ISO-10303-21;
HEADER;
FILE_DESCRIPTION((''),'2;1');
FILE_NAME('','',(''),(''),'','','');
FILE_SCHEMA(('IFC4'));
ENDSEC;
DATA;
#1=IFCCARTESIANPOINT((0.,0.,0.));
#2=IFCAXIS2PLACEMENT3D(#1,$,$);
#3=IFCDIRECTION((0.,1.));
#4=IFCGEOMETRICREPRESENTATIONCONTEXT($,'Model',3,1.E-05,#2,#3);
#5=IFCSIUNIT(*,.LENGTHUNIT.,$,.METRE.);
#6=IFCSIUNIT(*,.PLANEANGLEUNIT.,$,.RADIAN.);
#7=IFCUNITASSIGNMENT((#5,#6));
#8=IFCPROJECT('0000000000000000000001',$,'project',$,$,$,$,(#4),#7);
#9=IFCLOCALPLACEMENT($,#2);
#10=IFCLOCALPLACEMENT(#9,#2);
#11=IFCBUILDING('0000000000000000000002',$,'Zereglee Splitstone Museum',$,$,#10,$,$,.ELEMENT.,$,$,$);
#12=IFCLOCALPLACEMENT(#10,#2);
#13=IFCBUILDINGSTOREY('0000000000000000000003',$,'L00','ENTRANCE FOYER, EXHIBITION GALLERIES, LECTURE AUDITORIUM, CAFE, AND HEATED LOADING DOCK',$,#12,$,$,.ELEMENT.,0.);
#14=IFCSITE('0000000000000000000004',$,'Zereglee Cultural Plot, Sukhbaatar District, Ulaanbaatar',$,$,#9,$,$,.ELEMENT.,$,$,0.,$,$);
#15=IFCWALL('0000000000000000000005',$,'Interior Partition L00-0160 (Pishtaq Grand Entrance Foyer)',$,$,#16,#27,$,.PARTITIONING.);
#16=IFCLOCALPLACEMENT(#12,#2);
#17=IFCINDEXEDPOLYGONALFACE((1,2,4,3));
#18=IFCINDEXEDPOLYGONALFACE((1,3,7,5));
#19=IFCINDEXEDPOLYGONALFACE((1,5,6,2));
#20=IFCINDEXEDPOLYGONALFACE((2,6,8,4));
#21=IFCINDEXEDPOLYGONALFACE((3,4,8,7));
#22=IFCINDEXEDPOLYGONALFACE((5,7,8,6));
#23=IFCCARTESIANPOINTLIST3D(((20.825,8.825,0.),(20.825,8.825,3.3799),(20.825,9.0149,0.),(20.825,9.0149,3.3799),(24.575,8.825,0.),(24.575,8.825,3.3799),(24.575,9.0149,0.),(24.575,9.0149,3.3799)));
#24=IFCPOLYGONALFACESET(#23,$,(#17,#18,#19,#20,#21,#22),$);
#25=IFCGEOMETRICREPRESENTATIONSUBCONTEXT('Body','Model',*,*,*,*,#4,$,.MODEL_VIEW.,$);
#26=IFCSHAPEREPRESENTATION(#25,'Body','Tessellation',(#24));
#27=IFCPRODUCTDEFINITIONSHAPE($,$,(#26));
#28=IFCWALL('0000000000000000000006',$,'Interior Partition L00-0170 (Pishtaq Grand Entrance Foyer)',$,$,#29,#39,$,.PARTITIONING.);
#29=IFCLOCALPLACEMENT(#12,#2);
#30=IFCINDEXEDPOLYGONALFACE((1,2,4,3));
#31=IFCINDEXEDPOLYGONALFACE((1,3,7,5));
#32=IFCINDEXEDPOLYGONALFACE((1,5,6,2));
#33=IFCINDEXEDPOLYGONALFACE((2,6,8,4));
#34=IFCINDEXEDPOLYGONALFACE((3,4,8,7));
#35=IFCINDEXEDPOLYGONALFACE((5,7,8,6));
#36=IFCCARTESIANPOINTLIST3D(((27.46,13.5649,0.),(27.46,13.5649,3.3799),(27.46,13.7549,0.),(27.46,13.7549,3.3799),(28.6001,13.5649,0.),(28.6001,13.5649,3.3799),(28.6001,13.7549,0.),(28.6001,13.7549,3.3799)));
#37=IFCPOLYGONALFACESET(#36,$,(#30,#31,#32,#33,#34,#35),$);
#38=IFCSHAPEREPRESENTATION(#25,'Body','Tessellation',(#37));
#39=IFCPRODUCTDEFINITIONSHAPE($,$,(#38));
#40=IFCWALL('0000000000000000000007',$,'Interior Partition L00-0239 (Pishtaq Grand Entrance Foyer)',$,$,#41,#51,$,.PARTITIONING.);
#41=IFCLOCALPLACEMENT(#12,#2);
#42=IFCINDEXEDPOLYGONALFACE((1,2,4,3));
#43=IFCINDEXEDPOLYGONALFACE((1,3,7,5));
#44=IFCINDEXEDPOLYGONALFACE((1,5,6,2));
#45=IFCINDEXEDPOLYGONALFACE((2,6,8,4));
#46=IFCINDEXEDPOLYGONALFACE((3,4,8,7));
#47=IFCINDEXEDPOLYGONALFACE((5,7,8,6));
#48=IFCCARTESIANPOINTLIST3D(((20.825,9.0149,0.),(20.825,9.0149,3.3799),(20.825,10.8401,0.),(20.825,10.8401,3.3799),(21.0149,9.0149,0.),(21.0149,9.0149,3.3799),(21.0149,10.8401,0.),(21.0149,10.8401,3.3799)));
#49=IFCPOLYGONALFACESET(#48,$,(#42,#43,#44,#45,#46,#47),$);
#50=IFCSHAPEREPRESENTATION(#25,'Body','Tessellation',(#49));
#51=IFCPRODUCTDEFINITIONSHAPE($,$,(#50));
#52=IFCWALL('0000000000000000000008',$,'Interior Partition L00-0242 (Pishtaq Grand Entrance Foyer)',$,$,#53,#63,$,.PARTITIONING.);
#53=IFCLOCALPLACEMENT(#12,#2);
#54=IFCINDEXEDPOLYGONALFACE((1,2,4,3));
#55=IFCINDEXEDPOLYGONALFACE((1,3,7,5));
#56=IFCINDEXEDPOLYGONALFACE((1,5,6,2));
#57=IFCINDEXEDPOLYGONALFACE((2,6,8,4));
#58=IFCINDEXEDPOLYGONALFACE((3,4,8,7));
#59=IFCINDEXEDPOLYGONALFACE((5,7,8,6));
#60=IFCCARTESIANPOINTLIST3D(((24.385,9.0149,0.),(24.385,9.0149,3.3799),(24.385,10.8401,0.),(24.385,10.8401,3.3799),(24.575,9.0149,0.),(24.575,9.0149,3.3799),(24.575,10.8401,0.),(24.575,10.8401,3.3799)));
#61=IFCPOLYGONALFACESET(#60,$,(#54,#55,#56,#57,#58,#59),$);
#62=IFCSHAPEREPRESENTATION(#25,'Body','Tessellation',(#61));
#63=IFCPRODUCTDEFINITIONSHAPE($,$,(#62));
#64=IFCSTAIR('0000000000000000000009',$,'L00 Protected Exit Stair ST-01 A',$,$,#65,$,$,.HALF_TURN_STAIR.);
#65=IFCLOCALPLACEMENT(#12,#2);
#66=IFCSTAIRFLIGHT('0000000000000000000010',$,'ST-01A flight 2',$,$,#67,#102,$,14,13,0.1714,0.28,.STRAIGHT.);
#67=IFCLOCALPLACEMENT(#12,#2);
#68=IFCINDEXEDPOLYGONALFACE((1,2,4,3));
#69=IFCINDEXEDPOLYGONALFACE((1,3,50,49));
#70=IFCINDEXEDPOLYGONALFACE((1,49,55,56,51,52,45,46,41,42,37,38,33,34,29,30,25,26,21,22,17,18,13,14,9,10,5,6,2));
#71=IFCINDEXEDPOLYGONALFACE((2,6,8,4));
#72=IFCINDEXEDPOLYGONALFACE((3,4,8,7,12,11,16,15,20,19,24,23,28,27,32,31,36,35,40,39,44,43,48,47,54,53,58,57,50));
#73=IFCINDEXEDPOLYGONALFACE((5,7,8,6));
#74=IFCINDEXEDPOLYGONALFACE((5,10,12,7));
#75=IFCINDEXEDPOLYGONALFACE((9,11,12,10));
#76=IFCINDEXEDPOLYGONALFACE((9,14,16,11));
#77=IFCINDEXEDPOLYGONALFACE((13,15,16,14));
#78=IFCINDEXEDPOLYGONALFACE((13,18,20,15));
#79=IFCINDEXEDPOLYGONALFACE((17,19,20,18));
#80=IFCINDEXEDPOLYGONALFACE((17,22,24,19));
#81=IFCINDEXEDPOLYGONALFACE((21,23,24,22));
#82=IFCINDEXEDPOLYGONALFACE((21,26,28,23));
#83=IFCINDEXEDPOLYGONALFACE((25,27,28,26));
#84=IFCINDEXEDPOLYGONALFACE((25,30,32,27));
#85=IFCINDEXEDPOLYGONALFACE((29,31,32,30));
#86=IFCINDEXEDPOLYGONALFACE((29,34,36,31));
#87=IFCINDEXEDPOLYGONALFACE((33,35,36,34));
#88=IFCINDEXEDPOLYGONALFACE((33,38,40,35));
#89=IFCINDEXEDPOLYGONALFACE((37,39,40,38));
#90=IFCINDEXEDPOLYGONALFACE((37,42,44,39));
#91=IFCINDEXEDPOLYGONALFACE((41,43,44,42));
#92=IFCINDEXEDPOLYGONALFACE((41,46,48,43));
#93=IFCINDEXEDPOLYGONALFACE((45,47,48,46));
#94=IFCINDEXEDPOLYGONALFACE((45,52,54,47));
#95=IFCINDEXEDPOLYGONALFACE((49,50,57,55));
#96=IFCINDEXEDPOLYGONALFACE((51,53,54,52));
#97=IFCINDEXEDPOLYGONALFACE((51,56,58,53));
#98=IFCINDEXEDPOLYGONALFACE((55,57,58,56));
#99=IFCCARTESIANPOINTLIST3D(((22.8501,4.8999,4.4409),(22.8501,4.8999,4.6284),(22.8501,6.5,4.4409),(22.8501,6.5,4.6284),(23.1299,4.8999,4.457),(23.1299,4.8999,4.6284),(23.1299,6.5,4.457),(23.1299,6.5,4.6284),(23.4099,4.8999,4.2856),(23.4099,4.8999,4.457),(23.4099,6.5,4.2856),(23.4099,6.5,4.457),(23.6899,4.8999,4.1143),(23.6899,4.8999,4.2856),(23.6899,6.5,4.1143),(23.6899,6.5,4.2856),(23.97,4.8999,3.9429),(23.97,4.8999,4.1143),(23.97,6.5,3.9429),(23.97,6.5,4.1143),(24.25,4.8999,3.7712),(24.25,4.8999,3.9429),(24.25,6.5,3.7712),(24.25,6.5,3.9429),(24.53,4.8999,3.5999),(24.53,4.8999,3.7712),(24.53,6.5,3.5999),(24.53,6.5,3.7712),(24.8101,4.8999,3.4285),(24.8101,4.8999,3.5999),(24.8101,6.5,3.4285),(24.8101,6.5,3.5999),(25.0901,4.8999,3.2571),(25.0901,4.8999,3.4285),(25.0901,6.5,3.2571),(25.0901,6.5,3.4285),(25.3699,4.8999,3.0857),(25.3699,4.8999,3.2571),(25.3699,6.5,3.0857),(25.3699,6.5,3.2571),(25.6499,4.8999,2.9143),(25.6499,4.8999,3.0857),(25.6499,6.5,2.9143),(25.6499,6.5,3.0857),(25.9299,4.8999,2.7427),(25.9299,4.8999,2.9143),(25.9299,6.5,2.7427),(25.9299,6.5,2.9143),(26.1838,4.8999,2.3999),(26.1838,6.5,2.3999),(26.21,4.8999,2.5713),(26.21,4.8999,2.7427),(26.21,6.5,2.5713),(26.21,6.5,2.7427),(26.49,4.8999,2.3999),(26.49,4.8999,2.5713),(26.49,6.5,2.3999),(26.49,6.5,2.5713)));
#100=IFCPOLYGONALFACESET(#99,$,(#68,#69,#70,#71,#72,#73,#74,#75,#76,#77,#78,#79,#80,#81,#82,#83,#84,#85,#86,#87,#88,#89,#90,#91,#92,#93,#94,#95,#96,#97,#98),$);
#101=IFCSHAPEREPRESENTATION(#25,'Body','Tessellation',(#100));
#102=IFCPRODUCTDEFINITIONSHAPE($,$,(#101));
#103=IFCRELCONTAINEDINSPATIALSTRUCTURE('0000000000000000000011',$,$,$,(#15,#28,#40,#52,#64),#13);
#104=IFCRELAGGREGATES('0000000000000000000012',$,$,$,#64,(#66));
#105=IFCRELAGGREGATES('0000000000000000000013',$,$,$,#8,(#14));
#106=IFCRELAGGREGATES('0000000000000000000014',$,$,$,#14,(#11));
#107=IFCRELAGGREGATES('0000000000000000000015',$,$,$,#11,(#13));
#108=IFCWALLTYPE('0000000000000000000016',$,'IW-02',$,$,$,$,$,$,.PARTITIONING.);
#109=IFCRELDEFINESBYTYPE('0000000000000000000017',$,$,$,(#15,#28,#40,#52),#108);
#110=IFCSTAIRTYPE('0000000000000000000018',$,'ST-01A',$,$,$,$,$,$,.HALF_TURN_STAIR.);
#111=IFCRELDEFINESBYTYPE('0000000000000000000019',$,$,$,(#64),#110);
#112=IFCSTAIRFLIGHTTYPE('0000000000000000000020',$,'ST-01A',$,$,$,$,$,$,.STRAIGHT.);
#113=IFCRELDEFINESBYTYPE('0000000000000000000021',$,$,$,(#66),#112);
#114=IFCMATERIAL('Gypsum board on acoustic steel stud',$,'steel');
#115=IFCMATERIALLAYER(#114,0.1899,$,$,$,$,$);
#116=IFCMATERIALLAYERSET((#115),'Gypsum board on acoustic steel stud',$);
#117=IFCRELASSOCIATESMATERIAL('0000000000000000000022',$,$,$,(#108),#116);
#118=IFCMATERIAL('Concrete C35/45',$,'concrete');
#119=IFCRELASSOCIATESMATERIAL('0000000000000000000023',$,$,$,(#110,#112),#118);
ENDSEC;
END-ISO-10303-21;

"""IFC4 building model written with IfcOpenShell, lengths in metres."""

from ifc_helpers import new_model, si_unit, direction, frame, frame_2d, origin, place, context, subcontext, project, spatial, polyline, rectangle, outline, extrude, material, layer, layer_set, type_object, element, aggregate, save


model = new_model("IFC4")

# Units and contexts
model_context = context("Model", 3, precision=1e-05, world=origin(), true_north=direction((0.0, 1.0)))
body_context = subcontext(model_context, "Body", "Model", "MODEL_VIEW")
ifc_project = project(units=[si_unit("LENGTHUNIT", "METRE"), si_unit("PLANEANGLEUNIT", "RADIAN")], contexts=[model_context])

# Site, building, storey
site_placement = place(None, origin())
site = spatial("IfcSite", under=ifc_project, at=site_placement, Name="Zereglee Cultural Plot, Sukhbaatar District, Ulaanbaatar", CompositionType="ELEMENT", RefElevation=0.0)
building_placement = place(site_placement, origin())
building = spatial("IfcBuilding", under=site, at=building_placement, Name="Zereglee Splitstone Museum", CompositionType="ELEMENT")
storey_placement = place(building_placement, origin())
storey = spatial("IfcBuildingStorey", under=building, at=storey_placement, Name="L00", Description="ENTRANCE FOYER, EXHIBITION GALLERIES, LECTURE AUDITORIUM, CAFE, AND HEATED LOADING DOCK", CompositionType="ELEMENT", Elevation=0.0)

# Walls
ifc_material_1 = material(Name="Concrete C35/45", Category="concrete")
ifc_material_2 = material(Name="Gypsum board on acoustic steel stud", Category="steel")
ifc_layer_1 = layer(ifc_material_2, 0.1899)
ifc_layer_set_1 = layer_set([ifc_layer_1], Name="Gypsum board on acoustic steel stud")
wall_type_1 = type_object("IfcWallType", Name="IW-02", PredefinedType="PARTITIONING", material=ifc_layer_set_1)
wall_1_placement = place(storey_placement, frame((20.825, 8.9199, 0.0), z_axis=(0.0, 0.0, 1.0), x_axis=(1.0, 0.0, 0.0)))
element("IfcWall", 1, at=wall_1_placement, inside=storey, type_object=wall_type_1, Name="Interior Partition L00-0160 (Pishtaq Grand Entrance Foyer)", PredefinedType="PARTITIONING", context=body_context, shape_type="SweptSolid", body=[
    extrude(rectangle(XDim=3.75, YDim=0.1899, at=frame_2d((1.875, 0.0))), origin(), (0.0, 0.0, 1.0), 3.3799),
])
wall_2_placement = place(storey_placement, frame((27.46, 13.6599, 0.0), z_axis=(0.0, 0.0, 1.0), x_axis=(1.0, 0.0, 0.0)))
element("IfcWall", 2, at=wall_2_placement, inside=storey, type_object=wall_type_1, Name="Interior Partition L00-0170 (Pishtaq Grand Entrance Foyer)", PredefinedType="PARTITIONING", context=body_context, shape_type="SweptSolid", body=[
    extrude(rectangle(XDim=1.1401, YDim=0.1899, at=frame_2d((0.5701, 0.0))), origin(), (0.0, 0.0, 1.0), 3.3799),
])
for number, where, z_axis, x_axis, name in (
    (3, (20.9199, 9.0149, 0.0), (0.0, 0.0, 1.0), (0.0, 1.0, 0.0), "Interior Partition L00-0239 (Pishtaq Grand Entrance Foyer)"),
    (4, (24.48, 9.0149, 0.0), (0.0, 0.0, 1.0), (0.0, 1.0, 0.0), "Interior Partition L00-0242 (Pishtaq Grand Entrance Foyer)"),
):
    element("IfcWall", number, at=place(storey_placement, frame(where, z_axis=z_axis, x_axis=x_axis)), inside=storey, type_object=wall_type_1, Name=name, PredefinedType="PARTITIONING", context=body_context, shape_type="SweptSolid", body=[
        extrude(rectangle(XDim=1.8252, YDim=0.1899, at=frame_2d((0.9126, 0.0))), origin(), (0.0, 0.0, 1.0), 3.3799),
    ])

# Stair, stair flight
stair_type = type_object("IfcStairType", Name="ST-01A", PredefinedType="HALF_TURN_STAIR", material=ifc_material_1)
stair_placement = place(storey_placement, origin())
stair = element("IfcStair", 5, at=stair_placement, inside=storey, type_object=stair_type, Name="L00 Protected Exit Stair ST-01 A", PredefinedType="HALF_TURN_STAIR")
stair_flight_type = type_object("IfcStairFlightType", Name="ST-01A", PredefinedType="STRAIGHT", material=ifc_material_1)
stair_flight_placement = place(storey_placement, frame((26.49, 5.7, 2.3999), z_axis=(0.0, 0.0, 1.0), x_axis=(-1.0, 0.0, 0.0)))
stair_flight = element("IfcStairFlight", 6, at=stair_flight_placement, type_object=stair_flight_type, Name="ST-01A flight 2", NumberOfRisers=14, NumberOfTreads=13, PredefinedType="STRAIGHT", RiserHeight=0.1714, TreadLength=0.28, context=body_context, shape_type="SweptSolid", body=[
    extrude(outline(polyline([(0.0, 0.0), (0.0, 0.1714), (0.28, 0.1714), (0.28, 0.3428), (0.5601, 0.3428), (0.5601, 0.5144), (0.8401, 0.5144), (0.8401, 0.6858), (1.1201, 0.6858), (1.1201, 0.8572), (1.3999, 0.8572), (1.3999, 1.0286), (1.6799, 1.0286), (1.6799, 1.2), (1.96, 1.2), (1.96, 1.3713), (2.24, 1.3713), (2.24, 1.543), (2.52, 1.543), (2.52, 1.7144), (2.8, 1.7144), (2.8, 1.8857), (3.0801, 1.8857), (3.0801, 2.0571), (3.3601, 2.0571), (3.3601, 2.2285), (3.6399, 2.2285), (3.6399, 2.3999), (3.6399, 2.041), (0.3062, 0.0), (0.0, 0.0)])), frame((0.0, 0.8, 0.0), z_axis=(0.0, -1.0, 0.0), x_axis=(1.0, 0.0, 0.0)), (0.0, 0.0, 1.0), 1.6001),
])
aggregate(stair, [stair_flight])

save(model, "model.ifc")
